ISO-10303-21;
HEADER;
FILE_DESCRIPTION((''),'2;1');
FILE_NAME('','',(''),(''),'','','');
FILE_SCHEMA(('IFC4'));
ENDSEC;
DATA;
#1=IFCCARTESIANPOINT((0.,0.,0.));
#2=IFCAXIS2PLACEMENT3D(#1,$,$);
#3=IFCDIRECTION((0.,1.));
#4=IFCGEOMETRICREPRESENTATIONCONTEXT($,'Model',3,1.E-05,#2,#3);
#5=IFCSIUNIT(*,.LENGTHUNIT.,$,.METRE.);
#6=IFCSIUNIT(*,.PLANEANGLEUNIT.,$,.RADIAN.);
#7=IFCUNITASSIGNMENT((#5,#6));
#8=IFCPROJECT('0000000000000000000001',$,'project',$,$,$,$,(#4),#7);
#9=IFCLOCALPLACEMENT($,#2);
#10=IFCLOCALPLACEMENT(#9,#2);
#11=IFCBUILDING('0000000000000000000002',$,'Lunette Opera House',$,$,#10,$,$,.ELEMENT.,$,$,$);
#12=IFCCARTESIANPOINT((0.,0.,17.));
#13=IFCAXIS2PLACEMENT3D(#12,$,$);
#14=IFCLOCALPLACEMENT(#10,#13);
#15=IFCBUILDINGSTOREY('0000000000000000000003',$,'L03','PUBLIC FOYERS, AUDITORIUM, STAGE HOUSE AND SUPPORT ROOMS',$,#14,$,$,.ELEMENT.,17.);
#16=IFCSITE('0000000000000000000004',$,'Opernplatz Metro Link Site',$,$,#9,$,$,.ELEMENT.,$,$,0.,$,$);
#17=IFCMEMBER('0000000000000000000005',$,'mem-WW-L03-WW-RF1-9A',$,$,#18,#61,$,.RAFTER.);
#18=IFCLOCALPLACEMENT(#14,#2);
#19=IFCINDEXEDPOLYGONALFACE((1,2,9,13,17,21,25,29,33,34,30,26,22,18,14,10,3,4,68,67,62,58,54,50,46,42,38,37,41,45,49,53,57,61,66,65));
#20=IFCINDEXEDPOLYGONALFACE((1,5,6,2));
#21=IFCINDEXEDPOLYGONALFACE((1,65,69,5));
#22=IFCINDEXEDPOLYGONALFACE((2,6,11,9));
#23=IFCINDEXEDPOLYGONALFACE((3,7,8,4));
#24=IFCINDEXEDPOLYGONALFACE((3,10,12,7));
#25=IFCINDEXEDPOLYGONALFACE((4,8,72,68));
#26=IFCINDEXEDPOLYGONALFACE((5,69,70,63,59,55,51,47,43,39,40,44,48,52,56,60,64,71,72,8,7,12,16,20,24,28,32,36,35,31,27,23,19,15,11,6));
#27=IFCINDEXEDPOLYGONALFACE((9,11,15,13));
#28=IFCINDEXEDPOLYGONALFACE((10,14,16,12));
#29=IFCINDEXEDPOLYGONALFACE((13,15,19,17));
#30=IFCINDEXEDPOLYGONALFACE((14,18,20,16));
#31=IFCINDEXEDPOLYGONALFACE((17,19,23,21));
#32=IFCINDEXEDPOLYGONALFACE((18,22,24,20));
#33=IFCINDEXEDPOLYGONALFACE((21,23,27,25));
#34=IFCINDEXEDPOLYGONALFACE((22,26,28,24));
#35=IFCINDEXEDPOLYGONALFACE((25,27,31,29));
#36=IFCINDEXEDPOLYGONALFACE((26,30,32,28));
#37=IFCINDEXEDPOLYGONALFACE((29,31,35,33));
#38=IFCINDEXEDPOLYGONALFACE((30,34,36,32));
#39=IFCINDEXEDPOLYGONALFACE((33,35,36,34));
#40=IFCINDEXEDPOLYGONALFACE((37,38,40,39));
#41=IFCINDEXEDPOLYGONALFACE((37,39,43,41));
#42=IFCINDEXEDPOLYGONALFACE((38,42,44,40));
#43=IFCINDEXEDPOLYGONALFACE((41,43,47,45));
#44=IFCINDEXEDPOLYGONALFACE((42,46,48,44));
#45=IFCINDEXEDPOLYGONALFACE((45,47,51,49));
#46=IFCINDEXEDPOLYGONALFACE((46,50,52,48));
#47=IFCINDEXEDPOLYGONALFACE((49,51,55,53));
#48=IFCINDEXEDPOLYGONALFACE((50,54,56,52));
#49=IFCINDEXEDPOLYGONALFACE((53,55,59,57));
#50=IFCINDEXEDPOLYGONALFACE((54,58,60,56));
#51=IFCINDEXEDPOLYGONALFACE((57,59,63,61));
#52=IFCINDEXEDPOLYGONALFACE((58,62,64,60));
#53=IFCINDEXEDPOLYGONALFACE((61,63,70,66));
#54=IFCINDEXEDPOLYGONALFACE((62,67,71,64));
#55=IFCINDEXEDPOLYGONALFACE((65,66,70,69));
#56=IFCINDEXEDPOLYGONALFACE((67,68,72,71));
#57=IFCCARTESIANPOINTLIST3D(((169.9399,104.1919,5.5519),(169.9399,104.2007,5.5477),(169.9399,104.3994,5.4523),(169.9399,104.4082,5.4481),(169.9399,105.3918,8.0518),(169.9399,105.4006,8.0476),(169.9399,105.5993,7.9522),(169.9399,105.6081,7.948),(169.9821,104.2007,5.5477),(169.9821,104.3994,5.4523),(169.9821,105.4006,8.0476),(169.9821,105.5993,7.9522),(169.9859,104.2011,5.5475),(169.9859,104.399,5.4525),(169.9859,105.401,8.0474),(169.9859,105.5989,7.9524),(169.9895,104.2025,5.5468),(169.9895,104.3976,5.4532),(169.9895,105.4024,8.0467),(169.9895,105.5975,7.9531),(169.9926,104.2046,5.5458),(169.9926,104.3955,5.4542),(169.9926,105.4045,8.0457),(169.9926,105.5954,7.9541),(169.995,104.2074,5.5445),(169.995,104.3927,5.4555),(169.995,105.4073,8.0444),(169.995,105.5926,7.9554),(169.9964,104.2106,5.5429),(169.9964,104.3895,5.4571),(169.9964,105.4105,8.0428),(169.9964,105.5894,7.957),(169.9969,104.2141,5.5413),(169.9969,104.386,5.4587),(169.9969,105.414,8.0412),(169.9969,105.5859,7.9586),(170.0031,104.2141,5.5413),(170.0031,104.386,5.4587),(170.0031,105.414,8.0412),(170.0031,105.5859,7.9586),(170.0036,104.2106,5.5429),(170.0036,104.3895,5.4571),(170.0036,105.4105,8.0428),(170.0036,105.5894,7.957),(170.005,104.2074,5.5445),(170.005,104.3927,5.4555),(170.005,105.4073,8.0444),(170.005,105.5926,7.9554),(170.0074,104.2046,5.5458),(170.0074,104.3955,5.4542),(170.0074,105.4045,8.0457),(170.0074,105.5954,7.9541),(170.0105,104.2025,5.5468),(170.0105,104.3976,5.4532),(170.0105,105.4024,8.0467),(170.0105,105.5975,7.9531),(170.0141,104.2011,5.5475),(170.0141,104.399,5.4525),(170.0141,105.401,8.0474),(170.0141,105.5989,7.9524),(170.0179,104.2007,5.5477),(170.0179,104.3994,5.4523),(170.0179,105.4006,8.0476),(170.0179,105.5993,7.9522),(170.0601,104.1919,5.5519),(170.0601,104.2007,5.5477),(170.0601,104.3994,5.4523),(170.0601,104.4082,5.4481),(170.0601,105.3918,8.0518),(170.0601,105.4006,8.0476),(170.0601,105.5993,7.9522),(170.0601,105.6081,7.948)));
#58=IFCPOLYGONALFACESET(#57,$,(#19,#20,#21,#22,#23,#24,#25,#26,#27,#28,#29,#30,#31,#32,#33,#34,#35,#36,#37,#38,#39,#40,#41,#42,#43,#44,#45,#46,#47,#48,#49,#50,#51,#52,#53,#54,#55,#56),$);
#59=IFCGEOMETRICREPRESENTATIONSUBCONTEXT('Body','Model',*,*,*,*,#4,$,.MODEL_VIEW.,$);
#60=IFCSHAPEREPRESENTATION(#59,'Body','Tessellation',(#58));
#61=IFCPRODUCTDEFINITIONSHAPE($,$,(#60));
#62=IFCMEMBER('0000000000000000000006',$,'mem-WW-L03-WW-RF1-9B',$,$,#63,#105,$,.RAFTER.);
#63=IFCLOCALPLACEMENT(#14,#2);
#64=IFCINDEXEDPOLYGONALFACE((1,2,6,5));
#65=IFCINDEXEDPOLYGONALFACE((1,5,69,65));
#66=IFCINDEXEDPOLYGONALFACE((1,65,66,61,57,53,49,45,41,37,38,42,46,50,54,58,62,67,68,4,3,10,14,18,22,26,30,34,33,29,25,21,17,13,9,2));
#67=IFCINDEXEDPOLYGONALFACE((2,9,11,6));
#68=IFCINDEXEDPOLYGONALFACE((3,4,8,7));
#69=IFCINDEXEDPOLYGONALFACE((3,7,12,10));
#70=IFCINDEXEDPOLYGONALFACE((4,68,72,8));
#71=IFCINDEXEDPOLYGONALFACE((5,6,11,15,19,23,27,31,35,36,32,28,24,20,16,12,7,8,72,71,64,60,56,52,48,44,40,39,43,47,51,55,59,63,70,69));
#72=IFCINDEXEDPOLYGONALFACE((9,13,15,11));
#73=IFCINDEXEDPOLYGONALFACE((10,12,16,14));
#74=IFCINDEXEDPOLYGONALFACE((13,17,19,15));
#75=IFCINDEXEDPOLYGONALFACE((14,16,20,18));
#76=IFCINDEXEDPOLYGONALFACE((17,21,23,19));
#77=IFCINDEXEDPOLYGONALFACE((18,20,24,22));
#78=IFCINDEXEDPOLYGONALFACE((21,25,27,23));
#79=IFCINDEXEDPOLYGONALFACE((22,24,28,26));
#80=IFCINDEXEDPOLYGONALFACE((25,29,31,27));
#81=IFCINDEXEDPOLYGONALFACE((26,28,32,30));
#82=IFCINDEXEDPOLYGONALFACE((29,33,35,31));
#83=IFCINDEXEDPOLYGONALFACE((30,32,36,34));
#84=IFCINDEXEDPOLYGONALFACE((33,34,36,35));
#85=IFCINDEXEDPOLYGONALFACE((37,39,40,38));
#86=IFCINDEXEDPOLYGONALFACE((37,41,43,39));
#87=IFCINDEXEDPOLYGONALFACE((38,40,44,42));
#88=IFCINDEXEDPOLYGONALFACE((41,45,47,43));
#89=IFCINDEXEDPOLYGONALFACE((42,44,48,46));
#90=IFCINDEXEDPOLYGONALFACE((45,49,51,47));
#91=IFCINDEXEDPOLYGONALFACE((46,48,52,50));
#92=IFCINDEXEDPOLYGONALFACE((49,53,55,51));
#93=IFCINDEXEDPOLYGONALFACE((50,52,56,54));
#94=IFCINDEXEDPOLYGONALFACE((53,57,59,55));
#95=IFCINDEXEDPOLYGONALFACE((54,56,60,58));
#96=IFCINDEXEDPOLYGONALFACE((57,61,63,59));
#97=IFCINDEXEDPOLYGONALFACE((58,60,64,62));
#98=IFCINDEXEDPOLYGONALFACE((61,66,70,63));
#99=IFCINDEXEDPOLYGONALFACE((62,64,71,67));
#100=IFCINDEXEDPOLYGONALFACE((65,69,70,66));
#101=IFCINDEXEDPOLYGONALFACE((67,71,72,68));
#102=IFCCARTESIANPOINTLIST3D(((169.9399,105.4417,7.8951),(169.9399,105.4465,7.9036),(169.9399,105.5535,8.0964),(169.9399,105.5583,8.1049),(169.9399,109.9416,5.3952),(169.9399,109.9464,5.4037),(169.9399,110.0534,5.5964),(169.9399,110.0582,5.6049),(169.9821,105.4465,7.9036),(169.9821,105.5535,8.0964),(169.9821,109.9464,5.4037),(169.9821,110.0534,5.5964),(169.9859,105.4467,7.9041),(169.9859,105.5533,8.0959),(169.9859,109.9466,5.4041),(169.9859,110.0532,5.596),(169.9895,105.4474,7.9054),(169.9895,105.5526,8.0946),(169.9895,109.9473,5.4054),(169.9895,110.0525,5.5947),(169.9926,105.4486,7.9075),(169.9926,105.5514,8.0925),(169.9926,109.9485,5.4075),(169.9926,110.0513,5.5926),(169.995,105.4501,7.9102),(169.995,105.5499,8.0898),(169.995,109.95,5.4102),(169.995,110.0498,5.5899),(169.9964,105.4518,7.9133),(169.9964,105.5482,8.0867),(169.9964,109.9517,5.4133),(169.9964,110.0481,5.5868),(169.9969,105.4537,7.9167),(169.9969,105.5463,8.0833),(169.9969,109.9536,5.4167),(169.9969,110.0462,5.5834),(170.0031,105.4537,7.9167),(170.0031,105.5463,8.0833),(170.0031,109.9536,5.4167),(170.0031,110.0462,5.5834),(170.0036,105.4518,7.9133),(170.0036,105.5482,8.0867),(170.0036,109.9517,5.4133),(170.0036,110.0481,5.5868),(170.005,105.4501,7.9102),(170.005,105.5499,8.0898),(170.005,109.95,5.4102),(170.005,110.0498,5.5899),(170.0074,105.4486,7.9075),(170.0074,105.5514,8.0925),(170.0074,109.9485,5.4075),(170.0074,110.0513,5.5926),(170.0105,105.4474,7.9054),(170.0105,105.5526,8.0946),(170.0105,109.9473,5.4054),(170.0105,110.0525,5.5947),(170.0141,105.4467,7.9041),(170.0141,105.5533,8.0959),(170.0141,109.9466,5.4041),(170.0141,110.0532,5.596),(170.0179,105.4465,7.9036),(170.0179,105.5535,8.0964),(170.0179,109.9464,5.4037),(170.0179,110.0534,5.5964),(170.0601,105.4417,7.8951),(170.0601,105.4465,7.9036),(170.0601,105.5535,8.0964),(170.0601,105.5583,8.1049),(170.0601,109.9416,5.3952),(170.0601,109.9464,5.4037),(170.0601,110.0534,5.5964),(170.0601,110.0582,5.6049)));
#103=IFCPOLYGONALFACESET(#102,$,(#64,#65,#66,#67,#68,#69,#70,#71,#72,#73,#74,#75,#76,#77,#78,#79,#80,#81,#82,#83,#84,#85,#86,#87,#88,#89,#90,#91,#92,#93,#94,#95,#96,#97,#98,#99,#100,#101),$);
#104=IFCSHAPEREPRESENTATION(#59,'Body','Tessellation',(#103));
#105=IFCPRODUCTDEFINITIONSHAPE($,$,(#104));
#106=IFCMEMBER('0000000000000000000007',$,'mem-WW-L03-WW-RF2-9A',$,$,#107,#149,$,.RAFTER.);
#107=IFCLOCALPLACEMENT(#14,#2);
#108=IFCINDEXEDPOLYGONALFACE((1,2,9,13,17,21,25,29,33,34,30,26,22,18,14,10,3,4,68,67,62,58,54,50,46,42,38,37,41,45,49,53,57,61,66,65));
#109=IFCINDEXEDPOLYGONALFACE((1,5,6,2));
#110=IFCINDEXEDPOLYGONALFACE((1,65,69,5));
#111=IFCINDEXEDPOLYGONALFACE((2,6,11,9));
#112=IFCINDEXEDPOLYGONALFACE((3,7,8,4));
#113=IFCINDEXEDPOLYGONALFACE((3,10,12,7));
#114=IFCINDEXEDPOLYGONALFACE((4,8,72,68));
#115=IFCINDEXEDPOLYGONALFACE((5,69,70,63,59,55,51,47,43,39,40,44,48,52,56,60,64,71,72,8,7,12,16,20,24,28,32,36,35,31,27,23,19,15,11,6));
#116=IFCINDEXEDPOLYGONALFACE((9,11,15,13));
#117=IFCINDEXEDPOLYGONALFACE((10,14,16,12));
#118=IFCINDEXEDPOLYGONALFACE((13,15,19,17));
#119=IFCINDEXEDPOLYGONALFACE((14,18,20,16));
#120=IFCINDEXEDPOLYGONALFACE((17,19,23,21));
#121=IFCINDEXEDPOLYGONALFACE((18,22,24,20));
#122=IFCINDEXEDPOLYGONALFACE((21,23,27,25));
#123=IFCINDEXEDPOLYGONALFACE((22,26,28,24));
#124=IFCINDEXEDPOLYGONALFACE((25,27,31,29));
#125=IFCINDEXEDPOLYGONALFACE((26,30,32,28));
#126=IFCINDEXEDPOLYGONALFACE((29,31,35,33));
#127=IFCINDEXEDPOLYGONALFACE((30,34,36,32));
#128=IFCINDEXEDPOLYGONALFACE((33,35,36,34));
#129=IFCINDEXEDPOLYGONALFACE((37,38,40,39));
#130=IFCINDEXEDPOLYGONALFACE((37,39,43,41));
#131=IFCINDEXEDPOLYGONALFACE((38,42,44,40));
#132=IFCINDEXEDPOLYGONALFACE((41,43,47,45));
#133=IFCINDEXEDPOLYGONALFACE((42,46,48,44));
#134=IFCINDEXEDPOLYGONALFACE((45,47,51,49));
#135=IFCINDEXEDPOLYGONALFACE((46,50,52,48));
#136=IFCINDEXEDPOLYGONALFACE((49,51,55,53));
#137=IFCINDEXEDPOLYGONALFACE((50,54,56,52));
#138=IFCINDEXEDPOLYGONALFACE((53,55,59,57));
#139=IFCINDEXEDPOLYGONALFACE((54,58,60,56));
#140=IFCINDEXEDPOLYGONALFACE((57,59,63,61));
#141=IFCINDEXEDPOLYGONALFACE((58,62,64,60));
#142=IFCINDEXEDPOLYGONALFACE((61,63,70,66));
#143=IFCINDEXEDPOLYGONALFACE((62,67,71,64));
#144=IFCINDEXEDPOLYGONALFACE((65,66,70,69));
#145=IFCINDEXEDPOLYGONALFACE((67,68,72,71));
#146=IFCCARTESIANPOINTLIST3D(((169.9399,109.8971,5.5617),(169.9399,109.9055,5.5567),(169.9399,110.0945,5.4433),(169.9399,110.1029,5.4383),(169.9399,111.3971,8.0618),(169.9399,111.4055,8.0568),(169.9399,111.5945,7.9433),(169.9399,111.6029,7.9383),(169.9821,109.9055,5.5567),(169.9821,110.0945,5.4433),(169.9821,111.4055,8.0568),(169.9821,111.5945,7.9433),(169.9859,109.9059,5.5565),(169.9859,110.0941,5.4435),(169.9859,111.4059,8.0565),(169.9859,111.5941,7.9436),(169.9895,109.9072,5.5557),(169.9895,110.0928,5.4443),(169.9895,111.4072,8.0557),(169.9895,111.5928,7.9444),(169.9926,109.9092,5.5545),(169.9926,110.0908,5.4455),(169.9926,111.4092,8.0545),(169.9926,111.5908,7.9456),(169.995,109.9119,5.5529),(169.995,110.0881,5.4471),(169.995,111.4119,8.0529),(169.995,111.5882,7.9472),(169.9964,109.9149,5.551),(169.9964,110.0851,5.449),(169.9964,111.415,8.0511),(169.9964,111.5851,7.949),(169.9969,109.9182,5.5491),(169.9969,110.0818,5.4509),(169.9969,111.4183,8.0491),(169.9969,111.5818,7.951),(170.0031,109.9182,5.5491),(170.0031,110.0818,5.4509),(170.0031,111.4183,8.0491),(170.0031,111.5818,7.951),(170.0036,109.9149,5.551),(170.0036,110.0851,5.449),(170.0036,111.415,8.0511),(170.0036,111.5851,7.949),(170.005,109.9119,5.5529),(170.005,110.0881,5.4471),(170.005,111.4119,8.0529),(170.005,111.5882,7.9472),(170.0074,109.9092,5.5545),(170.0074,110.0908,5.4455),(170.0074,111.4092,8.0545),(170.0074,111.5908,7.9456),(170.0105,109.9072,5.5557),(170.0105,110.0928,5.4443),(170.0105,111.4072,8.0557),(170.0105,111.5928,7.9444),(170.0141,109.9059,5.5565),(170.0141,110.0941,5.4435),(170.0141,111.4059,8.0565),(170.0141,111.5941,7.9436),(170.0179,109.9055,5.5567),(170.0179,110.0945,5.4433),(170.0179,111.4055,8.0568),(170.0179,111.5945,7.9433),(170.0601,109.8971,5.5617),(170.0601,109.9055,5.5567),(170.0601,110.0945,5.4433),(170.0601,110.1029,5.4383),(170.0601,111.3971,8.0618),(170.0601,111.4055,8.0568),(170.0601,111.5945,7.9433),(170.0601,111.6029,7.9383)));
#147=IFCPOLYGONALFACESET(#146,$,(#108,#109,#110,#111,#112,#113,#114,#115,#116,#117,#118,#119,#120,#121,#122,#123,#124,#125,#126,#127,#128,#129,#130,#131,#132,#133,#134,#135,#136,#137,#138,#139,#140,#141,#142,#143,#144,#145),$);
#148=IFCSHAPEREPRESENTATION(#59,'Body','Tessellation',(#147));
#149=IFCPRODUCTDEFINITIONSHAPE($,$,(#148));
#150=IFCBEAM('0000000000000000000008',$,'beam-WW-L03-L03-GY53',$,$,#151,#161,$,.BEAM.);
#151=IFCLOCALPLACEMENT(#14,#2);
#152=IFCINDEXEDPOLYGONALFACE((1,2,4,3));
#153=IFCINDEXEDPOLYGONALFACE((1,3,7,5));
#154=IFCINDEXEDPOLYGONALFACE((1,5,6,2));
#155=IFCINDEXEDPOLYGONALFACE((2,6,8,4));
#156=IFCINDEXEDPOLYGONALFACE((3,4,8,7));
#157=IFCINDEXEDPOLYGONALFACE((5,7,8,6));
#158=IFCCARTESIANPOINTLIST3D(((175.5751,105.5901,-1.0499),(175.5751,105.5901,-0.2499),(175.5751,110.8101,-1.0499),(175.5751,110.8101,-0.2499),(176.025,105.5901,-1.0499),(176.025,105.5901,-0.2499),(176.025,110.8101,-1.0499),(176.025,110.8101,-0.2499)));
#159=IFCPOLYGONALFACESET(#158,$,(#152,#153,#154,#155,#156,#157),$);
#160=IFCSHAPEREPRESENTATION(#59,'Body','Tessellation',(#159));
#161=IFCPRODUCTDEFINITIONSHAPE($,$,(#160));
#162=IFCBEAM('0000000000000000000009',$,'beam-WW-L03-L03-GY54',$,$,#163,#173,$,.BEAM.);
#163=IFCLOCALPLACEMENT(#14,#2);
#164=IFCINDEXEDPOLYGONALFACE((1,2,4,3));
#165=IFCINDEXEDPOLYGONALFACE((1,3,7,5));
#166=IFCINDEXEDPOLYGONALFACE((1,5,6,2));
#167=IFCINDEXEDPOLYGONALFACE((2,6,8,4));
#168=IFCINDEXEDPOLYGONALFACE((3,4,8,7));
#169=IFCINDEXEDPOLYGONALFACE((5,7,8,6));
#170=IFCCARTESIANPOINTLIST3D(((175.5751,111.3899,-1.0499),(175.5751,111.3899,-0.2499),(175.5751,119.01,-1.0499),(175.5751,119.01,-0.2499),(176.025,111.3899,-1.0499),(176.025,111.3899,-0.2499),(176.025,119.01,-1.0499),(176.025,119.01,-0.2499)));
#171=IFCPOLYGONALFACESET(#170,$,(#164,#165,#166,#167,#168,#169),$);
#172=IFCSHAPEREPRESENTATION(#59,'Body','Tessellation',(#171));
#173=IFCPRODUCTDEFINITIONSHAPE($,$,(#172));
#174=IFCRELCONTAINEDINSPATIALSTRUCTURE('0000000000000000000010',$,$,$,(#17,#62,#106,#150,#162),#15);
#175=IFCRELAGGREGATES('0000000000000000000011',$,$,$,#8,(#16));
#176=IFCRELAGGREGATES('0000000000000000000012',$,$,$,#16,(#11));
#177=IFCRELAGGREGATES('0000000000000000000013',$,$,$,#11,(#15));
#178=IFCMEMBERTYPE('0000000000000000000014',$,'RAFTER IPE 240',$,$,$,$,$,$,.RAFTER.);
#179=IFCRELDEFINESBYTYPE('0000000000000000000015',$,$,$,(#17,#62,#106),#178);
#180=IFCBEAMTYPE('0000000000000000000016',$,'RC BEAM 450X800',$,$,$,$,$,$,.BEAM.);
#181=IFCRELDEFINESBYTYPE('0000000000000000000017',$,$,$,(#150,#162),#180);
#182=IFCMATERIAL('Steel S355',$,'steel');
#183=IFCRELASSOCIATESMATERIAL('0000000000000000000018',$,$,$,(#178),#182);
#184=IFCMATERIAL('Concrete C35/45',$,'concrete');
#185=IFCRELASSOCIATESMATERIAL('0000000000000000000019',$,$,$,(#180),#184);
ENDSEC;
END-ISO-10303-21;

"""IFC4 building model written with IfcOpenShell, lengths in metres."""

from ifc_helpers import new_model, si_unit, direction, frame, origin, origin_2d, place, context, subcontext, project, spatial, rectangle, i_section, extrude, material, material_profile, profile_set, type_object, element, save


model = new_model("IFC4")

# Units and contexts
model_context = context("Model", 3, precision=1e-05, world=origin(), true_north=direction((0.0, 1.0)))
body_context = subcontext(model_context, "Body", "Model", "MODEL_VIEW")
ifc_project = project(units=[si_unit("LENGTHUNIT", "METRE"), si_unit("PLANEANGLEUNIT", "RADIAN")], contexts=[model_context])

# Site, building, storey
site_placement = place(None, origin())
site = spatial("IfcSite", under=ifc_project, at=site_placement, Name="Opernplatz Metro Link Site", CompositionType="ELEMENT", RefElevation=0.0)
building_placement = place(site_placement, origin())
building = spatial("IfcBuilding", under=site, at=building_placement, Name="Lunette Opera House", CompositionType="ELEMENT")
storey_placement = place(building_placement, frame((0.0, 0.0, 17.0)))
storey = spatial("IfcBuildingStorey", under=building, at=storey_placement, Name="L03", Description="PUBLIC FOYERS, AUDITORIUM, STAGE HOUSE AND SUPPORT ROOMS", CompositionType="ELEMENT", Elevation=17.0)

# Members
ifc_material_1 = material(Name="Steel S355", Category="steel")
ifc_material_profile_1 = material_profile(ifc_material_1, i_section(OverallWidth=0.1201, OverallDepth=0.24, WebThickness=0.0061, FlangeThickness=0.0098, FilletRadius=0.0149, at=origin_2d()), Name="IPE 240")
ifc_profile_set_1 = profile_set([ifc_material_profile_1], Name="Steel S355")
member_type_1 = type_object("IfcMemberType", Name="RAFTER IPE 240", PredefinedType="RAFTER", material=ifc_profile_set_1)
member_1_placement = place(storey_placement, frame((170.0, 104.3, 5.5), z_axis=(0.0, 0.432717, 0.90153), x_axis=(-1.0, 0.0, 0.0)))
element("IfcMember", 1, at=member_1_placement, inside=storey, type_object=member_type_1, Name="mem-WW-L03-WW-RF1-9A", PredefinedType="RAFTER", context=body_context, shape_type="SweptSolid", body=[
    extrude(i_section(OverallWidth=0.1201, OverallDepth=0.24, WebThickness=0.0061, FlangeThickness=0.0098, FilletRadius=0.0149, at=origin_2d()), origin(), (0.0, 0.0, 1.0), 2.7729),
])
member_2_placement = place(storey_placement, frame((170.0, 105.5, 8.0), z_axis=(0.0, 0.874157, -0.485643), x_axis=(-1.0, 0.0, 0.0)))
element("IfcMember", 2, at=member_2_placement, inside=storey, type_object=member_type_1, Name="mem-WW-L03-WW-RF1-9B", PredefinedType="RAFTER", context=body_context, shape_type="SweptSolid", body=[
    extrude(i_section(OverallWidth=0.1201, OverallDepth=0.24, WebThickness=0.0061, FlangeThickness=0.0098, FilletRadius=0.0149, at=origin_2d()), origin(), (0.0, 0.0, 1.0), 5.1477),
])
member_3_placement = place(storey_placement, frame((170.0, 110.0, 5.5), z_axis=(0.0, 0.514496, 0.857493), x_axis=(-1.0, 0.0, 0.0)))
element("IfcMember", 3, at=member_3_placement, inside=storey, type_object=member_type_1, Name="mem-WW-L03-WW-RF2-9A", PredefinedType="RAFTER", context=body_context, shape_type="SweptSolid", body=[
    extrude(i_section(OverallWidth=0.1201, OverallDepth=0.24, WebThickness=0.0061, FlangeThickness=0.0098, FilletRadius=0.0149, at=origin_2d()), origin(), (0.0, 0.0, 1.0), 2.9155),
])

# Beams
ifc_material_2 = material(Name="Concrete C35/45", Category="concrete")
ifc_material_profile_2 = material_profile(ifc_material_2, rectangle(XDim=0.45, YDim=0.8, at=origin_2d()), Name="RC BEAM 450X800")
ifc_profile_set_2 = profile_set([ifc_material_profile_2], Name="Concrete C35/45")
beam_type_1 = type_object("IfcBeamType", Name="RC BEAM 450X800", PredefinedType="BEAM", material=ifc_profile_set_2)
beam_1_placement = place(storey_placement, frame((175.8, 105.5901, -0.6499), z_axis=(0.0, 1.0, 0.0), x_axis=(-1.0, 0.0, 0.0)))
element("IfcBeam", 4, at=beam_1_placement, inside=storey, type_object=beam_type_1, Name="beam-WW-L03-L03-GY53", PredefinedType="BEAM", context=body_context, shape_type="SweptSolid", body=[
    extrude(rectangle(XDim=0.45, YDim=0.8, at=origin_2d()), origin(), (0.0, 0.0, 1.0), 5.22),
])
beam_2_placement = place(storey_placement, frame((175.8, 111.3899, -0.6499), z_axis=(0.0, 1.0, 0.0), x_axis=(-1.0, 0.0, 0.0)))
element("IfcBeam", 5, at=beam_2_placement, inside=storey, type_object=beam_type_1, Name="beam-WW-L03-L03-GY54", PredefinedType="BEAM", context=body_context, shape_type="SweptSolid", body=[
    extrude(rectangle(XDim=0.45, YDim=0.8, at=origin_2d()), origin(), (0.0, 0.0, 1.0), 7.6201),
])

save(model, "model.ifc")
